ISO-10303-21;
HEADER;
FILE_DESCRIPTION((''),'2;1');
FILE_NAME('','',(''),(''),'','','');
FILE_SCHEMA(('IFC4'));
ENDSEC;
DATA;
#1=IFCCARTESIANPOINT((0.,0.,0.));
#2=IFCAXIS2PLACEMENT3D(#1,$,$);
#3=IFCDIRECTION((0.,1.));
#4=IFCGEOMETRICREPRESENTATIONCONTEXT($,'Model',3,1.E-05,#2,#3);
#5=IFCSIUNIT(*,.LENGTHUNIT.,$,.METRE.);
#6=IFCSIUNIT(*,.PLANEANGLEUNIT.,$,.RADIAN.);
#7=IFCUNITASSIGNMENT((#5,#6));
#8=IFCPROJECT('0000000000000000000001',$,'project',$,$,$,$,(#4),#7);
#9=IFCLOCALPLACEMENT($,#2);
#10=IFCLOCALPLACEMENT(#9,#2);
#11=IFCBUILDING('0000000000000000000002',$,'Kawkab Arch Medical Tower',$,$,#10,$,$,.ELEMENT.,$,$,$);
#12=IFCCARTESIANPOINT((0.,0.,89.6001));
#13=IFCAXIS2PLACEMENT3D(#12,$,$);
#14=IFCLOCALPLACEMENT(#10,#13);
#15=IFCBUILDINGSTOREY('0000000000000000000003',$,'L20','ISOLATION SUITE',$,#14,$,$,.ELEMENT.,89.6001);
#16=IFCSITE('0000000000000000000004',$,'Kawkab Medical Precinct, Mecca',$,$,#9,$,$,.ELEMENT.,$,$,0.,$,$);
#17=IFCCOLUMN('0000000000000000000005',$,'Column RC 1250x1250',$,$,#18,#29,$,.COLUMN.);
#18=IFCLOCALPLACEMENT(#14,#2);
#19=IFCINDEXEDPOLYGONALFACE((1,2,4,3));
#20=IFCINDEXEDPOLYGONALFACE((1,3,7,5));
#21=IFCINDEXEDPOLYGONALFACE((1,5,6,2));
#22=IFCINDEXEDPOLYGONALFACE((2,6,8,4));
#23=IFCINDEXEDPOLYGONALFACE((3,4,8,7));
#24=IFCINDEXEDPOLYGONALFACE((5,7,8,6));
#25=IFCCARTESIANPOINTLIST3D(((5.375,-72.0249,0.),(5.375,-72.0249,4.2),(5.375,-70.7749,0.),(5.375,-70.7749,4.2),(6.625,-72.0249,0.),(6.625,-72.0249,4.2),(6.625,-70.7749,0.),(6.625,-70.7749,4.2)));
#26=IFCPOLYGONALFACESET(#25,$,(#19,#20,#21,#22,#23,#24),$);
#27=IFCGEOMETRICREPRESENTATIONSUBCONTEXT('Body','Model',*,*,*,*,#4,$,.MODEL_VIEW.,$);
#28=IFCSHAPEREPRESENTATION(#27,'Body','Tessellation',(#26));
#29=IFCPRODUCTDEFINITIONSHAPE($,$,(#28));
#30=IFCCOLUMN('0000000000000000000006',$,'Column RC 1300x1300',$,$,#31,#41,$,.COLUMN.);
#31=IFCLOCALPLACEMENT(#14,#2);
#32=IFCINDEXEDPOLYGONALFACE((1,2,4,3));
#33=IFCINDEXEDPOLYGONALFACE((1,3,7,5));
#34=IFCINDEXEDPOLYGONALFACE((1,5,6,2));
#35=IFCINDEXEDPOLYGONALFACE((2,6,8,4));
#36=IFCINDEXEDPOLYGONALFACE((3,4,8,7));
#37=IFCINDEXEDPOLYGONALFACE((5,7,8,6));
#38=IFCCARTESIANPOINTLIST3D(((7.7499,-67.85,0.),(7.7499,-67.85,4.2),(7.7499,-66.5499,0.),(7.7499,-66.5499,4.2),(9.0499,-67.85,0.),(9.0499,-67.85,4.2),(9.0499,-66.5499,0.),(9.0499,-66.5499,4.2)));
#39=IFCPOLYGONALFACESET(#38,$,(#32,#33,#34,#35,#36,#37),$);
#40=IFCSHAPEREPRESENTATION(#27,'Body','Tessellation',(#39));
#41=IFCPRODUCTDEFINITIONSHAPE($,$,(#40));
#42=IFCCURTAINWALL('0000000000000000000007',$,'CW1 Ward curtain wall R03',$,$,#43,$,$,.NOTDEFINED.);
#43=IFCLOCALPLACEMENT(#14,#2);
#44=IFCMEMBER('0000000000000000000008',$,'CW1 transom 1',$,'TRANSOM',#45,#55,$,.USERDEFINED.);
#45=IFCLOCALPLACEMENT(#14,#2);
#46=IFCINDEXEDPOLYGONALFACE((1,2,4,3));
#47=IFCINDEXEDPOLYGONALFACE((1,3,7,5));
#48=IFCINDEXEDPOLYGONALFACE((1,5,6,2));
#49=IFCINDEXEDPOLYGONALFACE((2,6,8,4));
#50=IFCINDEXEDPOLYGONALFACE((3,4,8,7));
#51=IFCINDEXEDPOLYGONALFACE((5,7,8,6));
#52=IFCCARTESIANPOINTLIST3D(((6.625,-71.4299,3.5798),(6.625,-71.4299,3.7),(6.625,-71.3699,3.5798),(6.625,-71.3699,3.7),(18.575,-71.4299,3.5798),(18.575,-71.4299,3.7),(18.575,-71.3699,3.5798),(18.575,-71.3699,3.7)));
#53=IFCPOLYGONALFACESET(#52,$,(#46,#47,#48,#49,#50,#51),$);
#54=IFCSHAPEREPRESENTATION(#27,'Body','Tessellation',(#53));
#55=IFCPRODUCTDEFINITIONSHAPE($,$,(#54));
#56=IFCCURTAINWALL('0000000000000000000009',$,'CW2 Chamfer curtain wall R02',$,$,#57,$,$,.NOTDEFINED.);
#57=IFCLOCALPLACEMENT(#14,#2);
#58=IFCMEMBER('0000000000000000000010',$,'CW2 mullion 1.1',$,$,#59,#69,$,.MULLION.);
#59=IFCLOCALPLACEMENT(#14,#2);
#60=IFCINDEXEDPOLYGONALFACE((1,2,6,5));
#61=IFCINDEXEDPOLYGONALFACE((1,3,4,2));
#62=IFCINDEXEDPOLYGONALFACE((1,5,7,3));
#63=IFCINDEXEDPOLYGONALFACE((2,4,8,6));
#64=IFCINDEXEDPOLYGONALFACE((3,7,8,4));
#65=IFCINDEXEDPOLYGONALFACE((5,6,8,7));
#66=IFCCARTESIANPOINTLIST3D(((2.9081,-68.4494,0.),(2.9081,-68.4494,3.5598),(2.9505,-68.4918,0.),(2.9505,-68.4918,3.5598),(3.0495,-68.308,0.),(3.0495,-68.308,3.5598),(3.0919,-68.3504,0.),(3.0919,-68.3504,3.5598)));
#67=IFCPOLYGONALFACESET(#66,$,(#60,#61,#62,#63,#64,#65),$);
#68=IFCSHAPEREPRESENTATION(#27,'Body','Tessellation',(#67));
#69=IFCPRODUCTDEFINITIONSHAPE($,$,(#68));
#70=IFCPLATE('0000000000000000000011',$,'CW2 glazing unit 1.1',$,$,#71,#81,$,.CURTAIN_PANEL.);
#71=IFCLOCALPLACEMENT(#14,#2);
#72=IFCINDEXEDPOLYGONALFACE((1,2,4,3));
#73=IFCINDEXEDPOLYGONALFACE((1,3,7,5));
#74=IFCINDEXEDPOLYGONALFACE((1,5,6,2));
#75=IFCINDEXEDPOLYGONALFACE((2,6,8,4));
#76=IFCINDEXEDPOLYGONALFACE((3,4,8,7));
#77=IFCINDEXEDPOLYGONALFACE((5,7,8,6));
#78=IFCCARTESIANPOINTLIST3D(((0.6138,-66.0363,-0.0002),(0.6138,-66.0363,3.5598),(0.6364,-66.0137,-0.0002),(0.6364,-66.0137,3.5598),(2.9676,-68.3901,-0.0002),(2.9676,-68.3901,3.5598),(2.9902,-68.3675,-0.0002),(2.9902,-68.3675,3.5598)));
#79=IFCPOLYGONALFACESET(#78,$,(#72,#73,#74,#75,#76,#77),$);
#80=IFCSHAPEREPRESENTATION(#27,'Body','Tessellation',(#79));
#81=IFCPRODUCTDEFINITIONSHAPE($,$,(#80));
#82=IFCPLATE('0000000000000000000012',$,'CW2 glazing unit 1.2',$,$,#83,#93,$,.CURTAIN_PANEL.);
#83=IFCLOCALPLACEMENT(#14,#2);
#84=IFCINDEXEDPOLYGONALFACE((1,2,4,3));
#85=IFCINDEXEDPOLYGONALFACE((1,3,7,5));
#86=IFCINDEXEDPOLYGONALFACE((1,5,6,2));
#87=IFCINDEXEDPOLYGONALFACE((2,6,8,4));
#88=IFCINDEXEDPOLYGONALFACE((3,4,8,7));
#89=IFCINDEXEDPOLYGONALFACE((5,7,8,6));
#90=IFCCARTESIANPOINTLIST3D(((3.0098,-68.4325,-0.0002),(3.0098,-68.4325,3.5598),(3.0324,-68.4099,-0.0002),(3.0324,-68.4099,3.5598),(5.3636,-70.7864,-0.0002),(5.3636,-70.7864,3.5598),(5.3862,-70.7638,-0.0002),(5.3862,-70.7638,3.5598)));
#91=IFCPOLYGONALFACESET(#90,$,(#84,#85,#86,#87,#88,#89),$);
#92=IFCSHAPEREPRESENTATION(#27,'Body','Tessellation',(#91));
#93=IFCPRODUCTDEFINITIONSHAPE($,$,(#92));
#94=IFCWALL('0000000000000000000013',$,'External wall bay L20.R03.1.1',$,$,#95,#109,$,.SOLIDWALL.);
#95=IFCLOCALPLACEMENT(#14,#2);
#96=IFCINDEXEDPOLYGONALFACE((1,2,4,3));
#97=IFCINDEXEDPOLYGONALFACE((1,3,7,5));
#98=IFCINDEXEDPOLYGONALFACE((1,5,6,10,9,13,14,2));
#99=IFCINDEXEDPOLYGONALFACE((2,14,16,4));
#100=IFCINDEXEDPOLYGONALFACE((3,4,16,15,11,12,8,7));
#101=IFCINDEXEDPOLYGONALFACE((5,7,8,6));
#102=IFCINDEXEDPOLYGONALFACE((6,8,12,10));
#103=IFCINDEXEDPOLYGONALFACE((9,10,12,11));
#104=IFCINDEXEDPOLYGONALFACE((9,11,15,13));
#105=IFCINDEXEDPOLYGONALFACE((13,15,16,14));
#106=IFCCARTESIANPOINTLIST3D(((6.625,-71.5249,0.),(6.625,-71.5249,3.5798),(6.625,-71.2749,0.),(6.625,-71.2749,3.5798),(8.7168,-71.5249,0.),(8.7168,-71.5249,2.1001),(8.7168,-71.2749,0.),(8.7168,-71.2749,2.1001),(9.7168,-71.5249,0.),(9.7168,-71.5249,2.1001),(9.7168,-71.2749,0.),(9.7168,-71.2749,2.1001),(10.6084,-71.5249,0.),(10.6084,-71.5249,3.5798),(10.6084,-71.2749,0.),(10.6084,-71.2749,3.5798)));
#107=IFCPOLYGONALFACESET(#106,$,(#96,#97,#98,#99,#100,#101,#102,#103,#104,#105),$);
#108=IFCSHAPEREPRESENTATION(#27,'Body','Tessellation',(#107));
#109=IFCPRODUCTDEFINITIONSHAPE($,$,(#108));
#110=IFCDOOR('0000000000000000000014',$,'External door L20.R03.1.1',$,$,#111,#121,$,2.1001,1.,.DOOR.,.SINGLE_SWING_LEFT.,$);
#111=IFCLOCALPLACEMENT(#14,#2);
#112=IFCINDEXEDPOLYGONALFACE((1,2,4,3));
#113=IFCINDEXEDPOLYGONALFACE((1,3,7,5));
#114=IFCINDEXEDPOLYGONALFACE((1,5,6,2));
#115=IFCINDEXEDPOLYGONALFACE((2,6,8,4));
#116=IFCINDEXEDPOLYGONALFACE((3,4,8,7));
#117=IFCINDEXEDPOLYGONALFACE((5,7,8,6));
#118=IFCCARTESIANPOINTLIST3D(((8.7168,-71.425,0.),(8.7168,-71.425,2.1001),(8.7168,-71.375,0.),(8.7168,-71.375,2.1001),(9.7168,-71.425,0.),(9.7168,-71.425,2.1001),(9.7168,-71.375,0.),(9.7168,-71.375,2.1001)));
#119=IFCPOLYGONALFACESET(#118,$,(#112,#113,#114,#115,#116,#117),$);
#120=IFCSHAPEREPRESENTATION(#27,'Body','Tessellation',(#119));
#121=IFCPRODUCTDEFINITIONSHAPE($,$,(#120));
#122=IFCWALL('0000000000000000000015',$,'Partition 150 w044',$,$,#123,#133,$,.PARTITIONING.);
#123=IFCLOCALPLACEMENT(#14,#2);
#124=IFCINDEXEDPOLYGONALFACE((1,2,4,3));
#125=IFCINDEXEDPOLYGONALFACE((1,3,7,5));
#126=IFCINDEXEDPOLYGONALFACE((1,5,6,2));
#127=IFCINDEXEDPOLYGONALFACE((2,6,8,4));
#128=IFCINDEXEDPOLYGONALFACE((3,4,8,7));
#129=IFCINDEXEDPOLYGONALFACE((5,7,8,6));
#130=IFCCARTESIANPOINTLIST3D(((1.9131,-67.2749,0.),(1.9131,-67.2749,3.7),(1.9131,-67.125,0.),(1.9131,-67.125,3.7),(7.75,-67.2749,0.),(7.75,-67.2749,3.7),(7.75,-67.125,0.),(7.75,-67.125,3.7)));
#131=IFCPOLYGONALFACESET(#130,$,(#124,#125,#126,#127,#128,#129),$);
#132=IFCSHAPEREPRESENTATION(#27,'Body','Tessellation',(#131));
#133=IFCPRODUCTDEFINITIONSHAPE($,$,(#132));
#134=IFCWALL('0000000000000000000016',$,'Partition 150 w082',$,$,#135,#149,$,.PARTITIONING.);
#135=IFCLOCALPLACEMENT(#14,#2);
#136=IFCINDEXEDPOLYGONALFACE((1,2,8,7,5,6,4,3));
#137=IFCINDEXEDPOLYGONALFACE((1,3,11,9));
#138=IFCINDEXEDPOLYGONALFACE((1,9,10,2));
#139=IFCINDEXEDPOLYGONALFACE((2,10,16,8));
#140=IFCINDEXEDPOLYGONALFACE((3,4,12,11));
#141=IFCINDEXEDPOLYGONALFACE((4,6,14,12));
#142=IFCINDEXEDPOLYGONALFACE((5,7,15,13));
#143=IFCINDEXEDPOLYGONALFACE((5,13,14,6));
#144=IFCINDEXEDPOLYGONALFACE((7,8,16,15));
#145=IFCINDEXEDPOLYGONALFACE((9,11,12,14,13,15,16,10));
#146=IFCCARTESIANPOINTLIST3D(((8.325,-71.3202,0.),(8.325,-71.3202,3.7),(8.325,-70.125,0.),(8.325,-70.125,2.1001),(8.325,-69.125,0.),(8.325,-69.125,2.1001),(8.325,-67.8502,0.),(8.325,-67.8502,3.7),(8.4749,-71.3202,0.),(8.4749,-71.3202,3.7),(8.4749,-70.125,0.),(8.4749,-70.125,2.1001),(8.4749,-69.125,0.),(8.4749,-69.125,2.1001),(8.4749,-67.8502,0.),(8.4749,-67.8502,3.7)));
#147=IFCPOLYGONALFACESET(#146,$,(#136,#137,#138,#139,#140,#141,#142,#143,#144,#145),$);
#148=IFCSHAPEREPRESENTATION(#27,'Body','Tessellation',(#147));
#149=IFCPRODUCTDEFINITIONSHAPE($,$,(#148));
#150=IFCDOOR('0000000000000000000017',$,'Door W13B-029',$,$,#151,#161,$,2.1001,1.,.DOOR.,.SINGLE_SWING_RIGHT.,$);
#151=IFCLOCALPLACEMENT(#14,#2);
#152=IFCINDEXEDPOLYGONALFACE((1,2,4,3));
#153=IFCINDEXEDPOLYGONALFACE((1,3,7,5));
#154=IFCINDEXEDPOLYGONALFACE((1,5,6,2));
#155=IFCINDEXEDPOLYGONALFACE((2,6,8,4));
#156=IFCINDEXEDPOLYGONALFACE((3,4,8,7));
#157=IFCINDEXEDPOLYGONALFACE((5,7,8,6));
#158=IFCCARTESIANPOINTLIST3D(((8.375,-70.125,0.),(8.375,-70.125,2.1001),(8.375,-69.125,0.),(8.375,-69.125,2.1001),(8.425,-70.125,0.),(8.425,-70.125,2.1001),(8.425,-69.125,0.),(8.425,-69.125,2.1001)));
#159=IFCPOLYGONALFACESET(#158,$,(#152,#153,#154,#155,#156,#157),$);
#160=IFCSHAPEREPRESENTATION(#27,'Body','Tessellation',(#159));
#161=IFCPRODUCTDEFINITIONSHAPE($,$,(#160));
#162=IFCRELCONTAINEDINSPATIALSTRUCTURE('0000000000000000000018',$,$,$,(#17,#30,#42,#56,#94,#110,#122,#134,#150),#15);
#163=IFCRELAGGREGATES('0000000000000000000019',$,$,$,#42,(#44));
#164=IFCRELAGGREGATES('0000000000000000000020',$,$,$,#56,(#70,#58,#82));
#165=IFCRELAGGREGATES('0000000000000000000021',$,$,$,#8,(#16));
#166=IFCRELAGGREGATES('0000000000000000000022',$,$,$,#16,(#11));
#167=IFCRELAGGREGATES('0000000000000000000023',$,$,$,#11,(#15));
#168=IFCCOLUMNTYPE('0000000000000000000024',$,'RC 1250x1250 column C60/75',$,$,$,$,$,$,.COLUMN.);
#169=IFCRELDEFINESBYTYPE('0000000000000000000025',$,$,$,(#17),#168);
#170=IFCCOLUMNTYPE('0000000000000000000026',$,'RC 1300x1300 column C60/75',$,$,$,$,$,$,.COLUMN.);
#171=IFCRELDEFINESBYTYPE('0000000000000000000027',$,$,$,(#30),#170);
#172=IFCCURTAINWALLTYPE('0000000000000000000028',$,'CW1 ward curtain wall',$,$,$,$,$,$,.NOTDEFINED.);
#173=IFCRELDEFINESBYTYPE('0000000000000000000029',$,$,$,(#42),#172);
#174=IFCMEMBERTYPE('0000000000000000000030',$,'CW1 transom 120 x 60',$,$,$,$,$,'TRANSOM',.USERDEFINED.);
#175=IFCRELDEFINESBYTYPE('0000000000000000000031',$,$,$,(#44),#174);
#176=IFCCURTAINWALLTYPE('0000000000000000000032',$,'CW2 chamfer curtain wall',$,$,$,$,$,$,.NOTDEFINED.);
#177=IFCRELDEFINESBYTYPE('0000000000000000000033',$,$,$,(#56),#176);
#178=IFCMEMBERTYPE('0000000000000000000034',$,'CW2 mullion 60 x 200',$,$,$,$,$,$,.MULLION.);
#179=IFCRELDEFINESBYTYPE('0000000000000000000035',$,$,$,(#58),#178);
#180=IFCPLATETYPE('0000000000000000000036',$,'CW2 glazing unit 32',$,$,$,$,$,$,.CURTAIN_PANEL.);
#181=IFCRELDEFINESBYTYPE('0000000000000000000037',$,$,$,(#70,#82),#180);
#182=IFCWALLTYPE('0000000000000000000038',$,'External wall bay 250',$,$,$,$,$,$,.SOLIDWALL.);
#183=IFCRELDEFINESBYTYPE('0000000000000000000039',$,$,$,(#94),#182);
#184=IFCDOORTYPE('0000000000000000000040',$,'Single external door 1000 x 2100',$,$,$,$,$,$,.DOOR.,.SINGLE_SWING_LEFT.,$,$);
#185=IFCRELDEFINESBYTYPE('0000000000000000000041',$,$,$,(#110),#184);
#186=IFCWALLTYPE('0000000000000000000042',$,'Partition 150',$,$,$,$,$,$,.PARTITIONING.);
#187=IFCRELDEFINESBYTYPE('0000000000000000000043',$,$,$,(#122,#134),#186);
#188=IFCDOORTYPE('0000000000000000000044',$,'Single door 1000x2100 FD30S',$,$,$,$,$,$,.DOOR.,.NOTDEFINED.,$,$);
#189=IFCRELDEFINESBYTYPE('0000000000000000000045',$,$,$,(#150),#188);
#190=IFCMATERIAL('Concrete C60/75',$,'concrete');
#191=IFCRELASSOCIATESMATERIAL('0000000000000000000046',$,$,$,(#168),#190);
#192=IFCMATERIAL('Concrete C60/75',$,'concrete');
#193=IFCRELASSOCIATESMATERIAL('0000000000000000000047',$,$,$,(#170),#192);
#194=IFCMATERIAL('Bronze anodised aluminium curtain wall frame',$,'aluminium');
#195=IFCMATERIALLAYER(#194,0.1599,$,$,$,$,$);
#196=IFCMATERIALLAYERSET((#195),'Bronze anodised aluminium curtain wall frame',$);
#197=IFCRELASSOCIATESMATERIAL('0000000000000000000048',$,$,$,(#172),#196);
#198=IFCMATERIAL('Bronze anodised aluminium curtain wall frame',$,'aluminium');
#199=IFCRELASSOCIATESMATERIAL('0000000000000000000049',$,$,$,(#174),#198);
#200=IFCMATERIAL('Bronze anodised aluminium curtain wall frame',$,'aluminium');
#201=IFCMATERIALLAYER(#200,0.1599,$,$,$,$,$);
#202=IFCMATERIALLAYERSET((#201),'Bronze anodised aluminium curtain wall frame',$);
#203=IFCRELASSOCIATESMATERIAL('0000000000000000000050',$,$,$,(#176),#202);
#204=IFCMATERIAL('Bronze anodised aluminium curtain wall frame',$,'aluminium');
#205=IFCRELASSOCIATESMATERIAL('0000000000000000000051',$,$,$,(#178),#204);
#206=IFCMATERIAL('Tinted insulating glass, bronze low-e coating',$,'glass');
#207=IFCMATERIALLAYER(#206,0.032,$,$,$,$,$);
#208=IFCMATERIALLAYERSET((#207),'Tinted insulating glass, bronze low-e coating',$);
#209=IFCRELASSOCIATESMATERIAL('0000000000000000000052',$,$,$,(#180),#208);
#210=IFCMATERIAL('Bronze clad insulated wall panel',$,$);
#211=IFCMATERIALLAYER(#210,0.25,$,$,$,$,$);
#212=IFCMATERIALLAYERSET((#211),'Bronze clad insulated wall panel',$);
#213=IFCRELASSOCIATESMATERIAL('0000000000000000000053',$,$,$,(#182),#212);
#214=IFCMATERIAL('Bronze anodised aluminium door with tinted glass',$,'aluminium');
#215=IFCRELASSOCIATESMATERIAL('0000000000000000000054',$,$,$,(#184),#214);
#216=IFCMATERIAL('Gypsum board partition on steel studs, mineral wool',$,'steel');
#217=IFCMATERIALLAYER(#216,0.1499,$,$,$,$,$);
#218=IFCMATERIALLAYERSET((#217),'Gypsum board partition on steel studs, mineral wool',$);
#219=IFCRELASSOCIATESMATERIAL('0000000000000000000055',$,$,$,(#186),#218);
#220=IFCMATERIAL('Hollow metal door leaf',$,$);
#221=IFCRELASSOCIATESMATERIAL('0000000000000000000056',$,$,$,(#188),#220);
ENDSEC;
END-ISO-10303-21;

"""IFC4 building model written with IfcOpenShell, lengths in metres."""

from ifc_helpers import new_model, si_unit, direction, frame, frame_2d, origin, origin_2d, place, context, subcontext, project, spatial, rectangle, extrude, material, layer, layer_set, material_profile, profile_set, type_object, element, fill, aggregate, save


model = new_model("IFC4")

# Units and contexts
model_context = context("Model", 3, precision=1e-05, world=origin(), true_north=direction((0.0, 1.0)))
body_context = subcontext(model_context, "Body", "Model", "MODEL_VIEW")
ifc_project = project(units=[si_unit("LENGTHUNIT", "METRE"), si_unit("PLANEANGLEUNIT", "RADIAN")], contexts=[model_context])

# Site, building, storey
site_placement = place(None, origin())
site = spatial("IfcSite", under=ifc_project, at=site_placement, Name="Kawkab Medical Precinct, Mecca", CompositionType="ELEMENT", RefElevation=0.0)
building_placement = place(site_placement, origin())
building = spatial("IfcBuilding", under=site, at=building_placement, Name="Kawkab Arch Medical Tower", CompositionType="ELEMENT")
storey_placement = place(building_placement, frame((0.0, 0.0, 89.6001)))
storey = spatial("IfcBuildingStorey", under=building, at=storey_placement, Name="L20", Description="ISOLATION SUITE", CompositionType="ELEMENT", Elevation=89.6001)

# Columns
ifc_material_1 = material(Name="Concrete C60/75", Category="concrete")
ifc_material_profile_1 = material_profile(ifc_material_1, rectangle(XDim=1.25, YDim=1.25, at=origin_2d()), Name="RC 1250x1250")
ifc_profile_set_1 = profile_set([ifc_material_profile_1], Name="Concrete C60/75")
column_type_1 = type_object("IfcColumnType", Name="RC 1250x1250 column C60/75", PredefinedType="COLUMN", material=ifc_profile_set_1)
column_1_placement = place(storey_placement, frame((6.0, -71.3999, 0.0), z_axis=(0.0, 0.0, 1.0), x_axis=(1.0, 0.0, 0.0)))
element("IfcColumn", 1, at=column_1_placement, inside=storey, type_object=column_type_1, Name="Column RC 1250x1250", PredefinedType="COLUMN", context=body_context, shape_type="SweptSolid", body=[
    extrude(rectangle(XDim=1.25, YDim=1.25, at=origin_2d()), origin(), (0.0, 0.0, 1.0), 4.2),
])
ifc_material_2 = material(Name="Concrete C60/75", Category="concrete")
ifc_material_profile_2 = material_profile(ifc_material_2, rectangle(XDim=1.3, YDim=1.3, at=origin_2d()), Name="RC 1300x1300")
ifc_profile_set_2 = profile_set([ifc_material_profile_2], Name="Concrete C60/75")
column_type_2 = type_object("IfcColumnType", Name="RC 1300x1300 column C60/75", PredefinedType="COLUMN", material=ifc_profile_set_2)
column_2_placement = place(storey_placement, frame((8.3999, -67.2, 0.0), z_axis=(0.0, 0.0, 1.0), x_axis=(1.0, 0.0, 0.0)))
element("IfcColumn", 2, at=column_2_placement, inside=storey, type_object=column_type_2, Name="Column RC 1300x1300", PredefinedType="COLUMN", context=body_context, shape_type="SweptSolid", body=[
    extrude(rectangle(XDim=1.3, YDim=1.3, at=origin_2d()), origin(), (0.0, 0.0, 1.0), 4.2),
])

# Curtain wall, member
ifc_material_3 = material(Name="Bronze anodised aluminium curtain wall frame", Category="aluminium")
ifc_layer_1 = layer(ifc_material_3, 0.1599)
ifc_layer_set_1 = layer_set([ifc_layer_1], Name="Bronze anodised aluminium curtain wall frame")
curtain_wall_type_1 = type_object("IfcCurtainWallType", Name="CW1 ward curtain wall", PredefinedType="NOTDEFINED", material=ifc_layer_set_1)
placement = place(storey_placement, origin())
curtain_wall_1 = element("IfcCurtainWall", 3, at=placement, inside=storey, type_object=curtain_wall_type_1, Name="CW1 Ward curtain wall R03", PredefinedType="NOTDEFINED")
ifc_material_4 = material(Name="Bronze anodised aluminium curtain wall frame", Category="aluminium")
ifc_material_profile_3 = material_profile(ifc_material_4, rectangle(XDim=0.0601, YDim=0.1201, at=origin_2d()), Name="AL 60x120")
ifc_profile_set_3 = profile_set([ifc_material_profile_3], Name="Bronze anodised aluminium curtain wall frame")
member_type_1 = type_object("IfcMemberType", Name="CW1 transom 120 x 60", ElementType="TRANSOM", PredefinedType="USERDEFINED", material=ifc_profile_set_3)
member_1_placement = place(storey_placement, frame((6.625, -71.3999, 3.6399), z_axis=(1.0, 0.0, 0.0), x_axis=(0.0, 1.0, 0.0)))
member_1 = element("IfcMember", 4, at=member_1_placement, type_object=member_type_1, Name="CW1 transom 1", ObjectType="TRANSOM", PredefinedType="USERDEFINED", context=body_context, shape_type="SweptSolid", body=[
    extrude(rectangle(XDim=0.0601, YDim=0.1201, at=origin_2d()), origin(), (0.0, 0.0, 1.0), 11.95),
])
aggregate(curtain_wall_1, [member_1])

# Curtain wall, member, plates
ifc_material_5 = material(Name="Bronze anodised aluminium curtain wall frame", Category="aluminium")
ifc_layer_2 = layer(ifc_material_5, 0.1599)
ifc_layer_set_2 = layer_set([ifc_layer_2], Name="Bronze anodised aluminium curtain wall frame")
curtain_wall_type_2 = type_object("IfcCurtainWallType", Name="CW2 chamfer curtain wall", PredefinedType="NOTDEFINED", material=ifc_layer_set_2)
curtain_wall_2 = element("IfcCurtainWall", 5, at=placement, inside=storey, type_object=curtain_wall_type_2, Name="CW2 Chamfer curtain wall R02", PredefinedType="NOTDEFINED")
ifc_material_6 = material(Name="Bronze anodised aluminium curtain wall frame", Category="aluminium")
ifc_material_profile_4 = material_profile(ifc_material_6, rectangle(XDim=0.2, YDim=0.0601, at=origin_2d()), Name="AL 60x200")
ifc_profile_set_4 = profile_set([ifc_material_profile_4], Name="Bronze anodised aluminium curtain wall frame")
member_type_2 = type_object("IfcMemberType", Name="CW2 mullion 60 x 200", PredefinedType="MULLION", material=ifc_profile_set_4)
member_2_placement = place(storey_placement, frame((3.0, -68.3999, 0.0), z_axis=(0.0, 0.0, 1.0), x_axis=(0.707107, 0.707107, 0.0)))
member_2 = element("IfcMember", 6, at=member_2_placement, type_object=member_type_2, Name="CW2 mullion 1.1", PredefinedType="MULLION", context=body_context, shape_type="SweptSolid", body=[
    extrude(rectangle(XDim=0.2, YDim=0.0601, at=origin_2d()), origin(), (0.0, 0.0, 1.0), 3.5598),
])
ifc_material_7 = material(Name="Tinted insulating glass, bronze low-e coating", Category="glass")
ifc_layer_3 = layer(ifc_material_7, 0.032)
ifc_layer_set_3 = layer_set([ifc_layer_3], Name="Tinted insulating glass, bronze low-e coating")
plate_type = type_object("IfcPlateType", Name="CW2 glazing unit 32", PredefinedType="CURTAIN_PANEL", material=ifc_layer_set_3)
plate_1_placement = place(storey_placement, frame((1.802, -67.2019, -0.0002), z_axis=(0.0, 0.0, 1.0), x_axis=(0.707107, -0.707107, 0.0)))
plate_1 = element("IfcPlate", 7, at=plate_1_placement, type_object=plate_type, Name="CW2 glazing unit 1.1", PredefinedType="CURTAIN_PANEL", context=body_context, shape_type="SweptSolid", body=[
    extrude(rectangle(XDim=3.3289, YDim=0.032, at=origin_2d()), origin(), (0.0, 0.0, 1.0), 3.5601),
])
plate_2_placement = place(storey_placement, frame((4.198, -69.5981, -0.0002), z_axis=(0.0, 0.0, 1.0), x_axis=(0.707107, -0.707107, 0.0)))
plate_2 = element("IfcPlate", 8, at=plate_2_placement, type_object=plate_type, Name="CW2 glazing unit 1.2", PredefinedType="CURTAIN_PANEL", context=body_context, shape_type="SweptSolid", body=[
    extrude(rectangle(XDim=3.3289, YDim=0.032, at=origin_2d()), origin(), (0.0, 0.0, 1.0), 3.5601),
])
aggregate(curtain_wall_2, [plate_1, member_2, plate_2])

# Wall, opening, door
ifc_material_8 = material(Name="Bronze clad insulated wall panel")
ifc_layer_4 = layer(ifc_material_8, 0.25)
ifc_layer_set_4 = layer_set([ifc_layer_4], Name="Bronze clad insulated wall panel")
wall_type_1 = type_object("IfcWallType", Name="External wall bay 250", PredefinedType="SOLIDWALL", material=ifc_layer_set_4)
wall_1_placement = place(storey_placement, frame((6.625, -71.3999, 0.0), z_axis=(0.0, 0.0, 1.0), x_axis=(1.0, 0.0, 0.0)))
wall_1 = element("IfcWall", 9, at=wall_1_placement, inside=storey, type_object=wall_type_1, Name="External wall bay L20.R03.1.1", PredefinedType="SOLIDWALL", context=body_context, shape_type="SweptSolid", body=[
    extrude(rectangle(XDim=3.9834, YDim=0.25, at=frame_2d((1.9917, 0.0))), origin(), (0.0, 0.0, 1.0), 3.5798),
])
opening_1_placement = place(wall_1_placement, frame((2.0918, 0.0, 0.0)))
opening_1 = element("IfcOpeningElement", 10, at=opening_1_placement, cuts=wall_1, PredefinedType="OPENING", context=body_context, shape_type="SweptSolid", body=[
    extrude(rectangle(XDim=1.0, YDim=2.1001, at=frame_2d((0.5, 1.05))), frame((0.0, 0.135, 0.0), z_axis=(0.0, -1.0, 0.0), x_axis=(1.0, 0.0, 0.0)), (0.0, 0.0, 1.0), 0.27),
])
ifc_material_9 = material(Name="Bronze anodised aluminium door with tinted glass", Category="aluminium")
door_type_1 = type_object("IfcDoorType", Name="Single external door 1000 x 2100", OperationType="SINGLE_SWING_LEFT", PredefinedType="DOOR", material=ifc_material_9)
door_1_placement = place(opening_1_placement, origin())
door_1 = element("IfcDoor", 11, at=door_1_placement, inside=storey, type_object=door_type_1, Name="External door L20.R03.1.1", OperationType="SINGLE_SWING_LEFT", OverallHeight=2.1001, OverallWidth=1.0, PredefinedType="DOOR", context=body_context, shape_type="SweptSolid", body=[
    extrude(rectangle(XDim=1.0, YDim=2.1001, at=frame_2d((0.5, 1.05))), frame((0.0, 0.0249, 0.0), z_axis=(0.0, -1.0, 0.0), x_axis=(1.0, 0.0, 0.0)), (0.0, 0.0, 1.0), 0.05),
])
fill(opening_1, door_1)

# Wall
ifc_material_10 = material(Name="Gypsum board partition on steel studs, mineral wool", Category="steel")
ifc_layer_5 = layer(ifc_material_10, 0.1499)
ifc_layer_set_5 = layer_set([ifc_layer_5], Name="Gypsum board partition on steel studs, mineral wool")
wall_type_2 = type_object("IfcWallType", Name="Partition 150", PredefinedType="PARTITIONING", material=ifc_layer_set_5)
wall_2_placement = place(storey_placement, frame((1.9131, -67.2, 0.0), z_axis=(0.0, 0.0, 1.0), x_axis=(1.0, 0.0, 0.0)))
element("IfcWall", 12, at=wall_2_placement, inside=storey, type_object=wall_type_2, Name="Partition 150 w044", PredefinedType="PARTITIONING", context=body_context, shape_type="SweptSolid", body=[
    extrude(rectangle(XDim=5.8369, YDim=0.1499, at=frame_2d((2.9185, 0.0))), origin(), (0.0, 0.0, 1.0), 3.7),
])

# Wall, opening, door
wall_3_placement = place(storey_placement, frame((8.3999, -71.3201, 0.0), z_axis=(0.0, 0.0, 1.0), x_axis=(0.0, 1.0, 0.0)))
wall_3 = element("IfcWall", 13, at=wall_3_placement, inside=storey, type_object=wall_type_2, Name="Partition 150 w082", PredefinedType="PARTITIONING", context=body_context, shape_type="SweptSolid", body=[
    extrude(rectangle(XDim=3.47, YDim=0.1499, at=frame_2d((1.7349, 0.0))), origin(), (0.0, 0.0, 1.0), 3.7),
])
opening_2_placement = place(wall_3_placement, frame((1.1951, 0.0, 0.0)))
opening_2 = element("IfcOpeningElement", 14, at=opening_2_placement, cuts=wall_3, PredefinedType="OPENING", context=body_context, shape_type="SweptSolid", body=[
    extrude(rectangle(XDim=1.0, YDim=2.1001, at=frame_2d((0.5, 1.05))), frame((0.0, 0.085, 0.0), z_axis=(0.0, -1.0, 0.0), x_axis=(1.0, 0.0, 0.0)), (0.0, 0.0, 1.0), 0.1699),
])
ifc_material_11 = material(Name="Hollow metal door leaf")
door_type_2 = type_object("IfcDoorType", Name="Single door 1000x2100 FD30S", OperationType="NOTDEFINED", PredefinedType="DOOR", material=ifc_material_11)
door_2_placement = place(opening_2_placement, origin())
door_2 = element("IfcDoor", 15, at=door_2_placement, inside=storey, type_object=door_type_2, Name="Door W13B-029", OperationType="SINGLE_SWING_RIGHT", OverallHeight=2.1001, OverallWidth=1.0, PredefinedType="DOOR", context=body_context, shape_type="SweptSolid", body=[
    extrude(rectangle(XDim=1.0, YDim=2.1001, at=frame_2d((0.5, 1.05))), frame((0.0, 0.0249, 0.0), z_axis=(0.0, -1.0, 0.0), x_axis=(1.0, 0.0, 0.0)), (0.0, 0.0, 1.0), 0.05),
])
fill(opening_2, door_2)

save(model, "model.ifc")
